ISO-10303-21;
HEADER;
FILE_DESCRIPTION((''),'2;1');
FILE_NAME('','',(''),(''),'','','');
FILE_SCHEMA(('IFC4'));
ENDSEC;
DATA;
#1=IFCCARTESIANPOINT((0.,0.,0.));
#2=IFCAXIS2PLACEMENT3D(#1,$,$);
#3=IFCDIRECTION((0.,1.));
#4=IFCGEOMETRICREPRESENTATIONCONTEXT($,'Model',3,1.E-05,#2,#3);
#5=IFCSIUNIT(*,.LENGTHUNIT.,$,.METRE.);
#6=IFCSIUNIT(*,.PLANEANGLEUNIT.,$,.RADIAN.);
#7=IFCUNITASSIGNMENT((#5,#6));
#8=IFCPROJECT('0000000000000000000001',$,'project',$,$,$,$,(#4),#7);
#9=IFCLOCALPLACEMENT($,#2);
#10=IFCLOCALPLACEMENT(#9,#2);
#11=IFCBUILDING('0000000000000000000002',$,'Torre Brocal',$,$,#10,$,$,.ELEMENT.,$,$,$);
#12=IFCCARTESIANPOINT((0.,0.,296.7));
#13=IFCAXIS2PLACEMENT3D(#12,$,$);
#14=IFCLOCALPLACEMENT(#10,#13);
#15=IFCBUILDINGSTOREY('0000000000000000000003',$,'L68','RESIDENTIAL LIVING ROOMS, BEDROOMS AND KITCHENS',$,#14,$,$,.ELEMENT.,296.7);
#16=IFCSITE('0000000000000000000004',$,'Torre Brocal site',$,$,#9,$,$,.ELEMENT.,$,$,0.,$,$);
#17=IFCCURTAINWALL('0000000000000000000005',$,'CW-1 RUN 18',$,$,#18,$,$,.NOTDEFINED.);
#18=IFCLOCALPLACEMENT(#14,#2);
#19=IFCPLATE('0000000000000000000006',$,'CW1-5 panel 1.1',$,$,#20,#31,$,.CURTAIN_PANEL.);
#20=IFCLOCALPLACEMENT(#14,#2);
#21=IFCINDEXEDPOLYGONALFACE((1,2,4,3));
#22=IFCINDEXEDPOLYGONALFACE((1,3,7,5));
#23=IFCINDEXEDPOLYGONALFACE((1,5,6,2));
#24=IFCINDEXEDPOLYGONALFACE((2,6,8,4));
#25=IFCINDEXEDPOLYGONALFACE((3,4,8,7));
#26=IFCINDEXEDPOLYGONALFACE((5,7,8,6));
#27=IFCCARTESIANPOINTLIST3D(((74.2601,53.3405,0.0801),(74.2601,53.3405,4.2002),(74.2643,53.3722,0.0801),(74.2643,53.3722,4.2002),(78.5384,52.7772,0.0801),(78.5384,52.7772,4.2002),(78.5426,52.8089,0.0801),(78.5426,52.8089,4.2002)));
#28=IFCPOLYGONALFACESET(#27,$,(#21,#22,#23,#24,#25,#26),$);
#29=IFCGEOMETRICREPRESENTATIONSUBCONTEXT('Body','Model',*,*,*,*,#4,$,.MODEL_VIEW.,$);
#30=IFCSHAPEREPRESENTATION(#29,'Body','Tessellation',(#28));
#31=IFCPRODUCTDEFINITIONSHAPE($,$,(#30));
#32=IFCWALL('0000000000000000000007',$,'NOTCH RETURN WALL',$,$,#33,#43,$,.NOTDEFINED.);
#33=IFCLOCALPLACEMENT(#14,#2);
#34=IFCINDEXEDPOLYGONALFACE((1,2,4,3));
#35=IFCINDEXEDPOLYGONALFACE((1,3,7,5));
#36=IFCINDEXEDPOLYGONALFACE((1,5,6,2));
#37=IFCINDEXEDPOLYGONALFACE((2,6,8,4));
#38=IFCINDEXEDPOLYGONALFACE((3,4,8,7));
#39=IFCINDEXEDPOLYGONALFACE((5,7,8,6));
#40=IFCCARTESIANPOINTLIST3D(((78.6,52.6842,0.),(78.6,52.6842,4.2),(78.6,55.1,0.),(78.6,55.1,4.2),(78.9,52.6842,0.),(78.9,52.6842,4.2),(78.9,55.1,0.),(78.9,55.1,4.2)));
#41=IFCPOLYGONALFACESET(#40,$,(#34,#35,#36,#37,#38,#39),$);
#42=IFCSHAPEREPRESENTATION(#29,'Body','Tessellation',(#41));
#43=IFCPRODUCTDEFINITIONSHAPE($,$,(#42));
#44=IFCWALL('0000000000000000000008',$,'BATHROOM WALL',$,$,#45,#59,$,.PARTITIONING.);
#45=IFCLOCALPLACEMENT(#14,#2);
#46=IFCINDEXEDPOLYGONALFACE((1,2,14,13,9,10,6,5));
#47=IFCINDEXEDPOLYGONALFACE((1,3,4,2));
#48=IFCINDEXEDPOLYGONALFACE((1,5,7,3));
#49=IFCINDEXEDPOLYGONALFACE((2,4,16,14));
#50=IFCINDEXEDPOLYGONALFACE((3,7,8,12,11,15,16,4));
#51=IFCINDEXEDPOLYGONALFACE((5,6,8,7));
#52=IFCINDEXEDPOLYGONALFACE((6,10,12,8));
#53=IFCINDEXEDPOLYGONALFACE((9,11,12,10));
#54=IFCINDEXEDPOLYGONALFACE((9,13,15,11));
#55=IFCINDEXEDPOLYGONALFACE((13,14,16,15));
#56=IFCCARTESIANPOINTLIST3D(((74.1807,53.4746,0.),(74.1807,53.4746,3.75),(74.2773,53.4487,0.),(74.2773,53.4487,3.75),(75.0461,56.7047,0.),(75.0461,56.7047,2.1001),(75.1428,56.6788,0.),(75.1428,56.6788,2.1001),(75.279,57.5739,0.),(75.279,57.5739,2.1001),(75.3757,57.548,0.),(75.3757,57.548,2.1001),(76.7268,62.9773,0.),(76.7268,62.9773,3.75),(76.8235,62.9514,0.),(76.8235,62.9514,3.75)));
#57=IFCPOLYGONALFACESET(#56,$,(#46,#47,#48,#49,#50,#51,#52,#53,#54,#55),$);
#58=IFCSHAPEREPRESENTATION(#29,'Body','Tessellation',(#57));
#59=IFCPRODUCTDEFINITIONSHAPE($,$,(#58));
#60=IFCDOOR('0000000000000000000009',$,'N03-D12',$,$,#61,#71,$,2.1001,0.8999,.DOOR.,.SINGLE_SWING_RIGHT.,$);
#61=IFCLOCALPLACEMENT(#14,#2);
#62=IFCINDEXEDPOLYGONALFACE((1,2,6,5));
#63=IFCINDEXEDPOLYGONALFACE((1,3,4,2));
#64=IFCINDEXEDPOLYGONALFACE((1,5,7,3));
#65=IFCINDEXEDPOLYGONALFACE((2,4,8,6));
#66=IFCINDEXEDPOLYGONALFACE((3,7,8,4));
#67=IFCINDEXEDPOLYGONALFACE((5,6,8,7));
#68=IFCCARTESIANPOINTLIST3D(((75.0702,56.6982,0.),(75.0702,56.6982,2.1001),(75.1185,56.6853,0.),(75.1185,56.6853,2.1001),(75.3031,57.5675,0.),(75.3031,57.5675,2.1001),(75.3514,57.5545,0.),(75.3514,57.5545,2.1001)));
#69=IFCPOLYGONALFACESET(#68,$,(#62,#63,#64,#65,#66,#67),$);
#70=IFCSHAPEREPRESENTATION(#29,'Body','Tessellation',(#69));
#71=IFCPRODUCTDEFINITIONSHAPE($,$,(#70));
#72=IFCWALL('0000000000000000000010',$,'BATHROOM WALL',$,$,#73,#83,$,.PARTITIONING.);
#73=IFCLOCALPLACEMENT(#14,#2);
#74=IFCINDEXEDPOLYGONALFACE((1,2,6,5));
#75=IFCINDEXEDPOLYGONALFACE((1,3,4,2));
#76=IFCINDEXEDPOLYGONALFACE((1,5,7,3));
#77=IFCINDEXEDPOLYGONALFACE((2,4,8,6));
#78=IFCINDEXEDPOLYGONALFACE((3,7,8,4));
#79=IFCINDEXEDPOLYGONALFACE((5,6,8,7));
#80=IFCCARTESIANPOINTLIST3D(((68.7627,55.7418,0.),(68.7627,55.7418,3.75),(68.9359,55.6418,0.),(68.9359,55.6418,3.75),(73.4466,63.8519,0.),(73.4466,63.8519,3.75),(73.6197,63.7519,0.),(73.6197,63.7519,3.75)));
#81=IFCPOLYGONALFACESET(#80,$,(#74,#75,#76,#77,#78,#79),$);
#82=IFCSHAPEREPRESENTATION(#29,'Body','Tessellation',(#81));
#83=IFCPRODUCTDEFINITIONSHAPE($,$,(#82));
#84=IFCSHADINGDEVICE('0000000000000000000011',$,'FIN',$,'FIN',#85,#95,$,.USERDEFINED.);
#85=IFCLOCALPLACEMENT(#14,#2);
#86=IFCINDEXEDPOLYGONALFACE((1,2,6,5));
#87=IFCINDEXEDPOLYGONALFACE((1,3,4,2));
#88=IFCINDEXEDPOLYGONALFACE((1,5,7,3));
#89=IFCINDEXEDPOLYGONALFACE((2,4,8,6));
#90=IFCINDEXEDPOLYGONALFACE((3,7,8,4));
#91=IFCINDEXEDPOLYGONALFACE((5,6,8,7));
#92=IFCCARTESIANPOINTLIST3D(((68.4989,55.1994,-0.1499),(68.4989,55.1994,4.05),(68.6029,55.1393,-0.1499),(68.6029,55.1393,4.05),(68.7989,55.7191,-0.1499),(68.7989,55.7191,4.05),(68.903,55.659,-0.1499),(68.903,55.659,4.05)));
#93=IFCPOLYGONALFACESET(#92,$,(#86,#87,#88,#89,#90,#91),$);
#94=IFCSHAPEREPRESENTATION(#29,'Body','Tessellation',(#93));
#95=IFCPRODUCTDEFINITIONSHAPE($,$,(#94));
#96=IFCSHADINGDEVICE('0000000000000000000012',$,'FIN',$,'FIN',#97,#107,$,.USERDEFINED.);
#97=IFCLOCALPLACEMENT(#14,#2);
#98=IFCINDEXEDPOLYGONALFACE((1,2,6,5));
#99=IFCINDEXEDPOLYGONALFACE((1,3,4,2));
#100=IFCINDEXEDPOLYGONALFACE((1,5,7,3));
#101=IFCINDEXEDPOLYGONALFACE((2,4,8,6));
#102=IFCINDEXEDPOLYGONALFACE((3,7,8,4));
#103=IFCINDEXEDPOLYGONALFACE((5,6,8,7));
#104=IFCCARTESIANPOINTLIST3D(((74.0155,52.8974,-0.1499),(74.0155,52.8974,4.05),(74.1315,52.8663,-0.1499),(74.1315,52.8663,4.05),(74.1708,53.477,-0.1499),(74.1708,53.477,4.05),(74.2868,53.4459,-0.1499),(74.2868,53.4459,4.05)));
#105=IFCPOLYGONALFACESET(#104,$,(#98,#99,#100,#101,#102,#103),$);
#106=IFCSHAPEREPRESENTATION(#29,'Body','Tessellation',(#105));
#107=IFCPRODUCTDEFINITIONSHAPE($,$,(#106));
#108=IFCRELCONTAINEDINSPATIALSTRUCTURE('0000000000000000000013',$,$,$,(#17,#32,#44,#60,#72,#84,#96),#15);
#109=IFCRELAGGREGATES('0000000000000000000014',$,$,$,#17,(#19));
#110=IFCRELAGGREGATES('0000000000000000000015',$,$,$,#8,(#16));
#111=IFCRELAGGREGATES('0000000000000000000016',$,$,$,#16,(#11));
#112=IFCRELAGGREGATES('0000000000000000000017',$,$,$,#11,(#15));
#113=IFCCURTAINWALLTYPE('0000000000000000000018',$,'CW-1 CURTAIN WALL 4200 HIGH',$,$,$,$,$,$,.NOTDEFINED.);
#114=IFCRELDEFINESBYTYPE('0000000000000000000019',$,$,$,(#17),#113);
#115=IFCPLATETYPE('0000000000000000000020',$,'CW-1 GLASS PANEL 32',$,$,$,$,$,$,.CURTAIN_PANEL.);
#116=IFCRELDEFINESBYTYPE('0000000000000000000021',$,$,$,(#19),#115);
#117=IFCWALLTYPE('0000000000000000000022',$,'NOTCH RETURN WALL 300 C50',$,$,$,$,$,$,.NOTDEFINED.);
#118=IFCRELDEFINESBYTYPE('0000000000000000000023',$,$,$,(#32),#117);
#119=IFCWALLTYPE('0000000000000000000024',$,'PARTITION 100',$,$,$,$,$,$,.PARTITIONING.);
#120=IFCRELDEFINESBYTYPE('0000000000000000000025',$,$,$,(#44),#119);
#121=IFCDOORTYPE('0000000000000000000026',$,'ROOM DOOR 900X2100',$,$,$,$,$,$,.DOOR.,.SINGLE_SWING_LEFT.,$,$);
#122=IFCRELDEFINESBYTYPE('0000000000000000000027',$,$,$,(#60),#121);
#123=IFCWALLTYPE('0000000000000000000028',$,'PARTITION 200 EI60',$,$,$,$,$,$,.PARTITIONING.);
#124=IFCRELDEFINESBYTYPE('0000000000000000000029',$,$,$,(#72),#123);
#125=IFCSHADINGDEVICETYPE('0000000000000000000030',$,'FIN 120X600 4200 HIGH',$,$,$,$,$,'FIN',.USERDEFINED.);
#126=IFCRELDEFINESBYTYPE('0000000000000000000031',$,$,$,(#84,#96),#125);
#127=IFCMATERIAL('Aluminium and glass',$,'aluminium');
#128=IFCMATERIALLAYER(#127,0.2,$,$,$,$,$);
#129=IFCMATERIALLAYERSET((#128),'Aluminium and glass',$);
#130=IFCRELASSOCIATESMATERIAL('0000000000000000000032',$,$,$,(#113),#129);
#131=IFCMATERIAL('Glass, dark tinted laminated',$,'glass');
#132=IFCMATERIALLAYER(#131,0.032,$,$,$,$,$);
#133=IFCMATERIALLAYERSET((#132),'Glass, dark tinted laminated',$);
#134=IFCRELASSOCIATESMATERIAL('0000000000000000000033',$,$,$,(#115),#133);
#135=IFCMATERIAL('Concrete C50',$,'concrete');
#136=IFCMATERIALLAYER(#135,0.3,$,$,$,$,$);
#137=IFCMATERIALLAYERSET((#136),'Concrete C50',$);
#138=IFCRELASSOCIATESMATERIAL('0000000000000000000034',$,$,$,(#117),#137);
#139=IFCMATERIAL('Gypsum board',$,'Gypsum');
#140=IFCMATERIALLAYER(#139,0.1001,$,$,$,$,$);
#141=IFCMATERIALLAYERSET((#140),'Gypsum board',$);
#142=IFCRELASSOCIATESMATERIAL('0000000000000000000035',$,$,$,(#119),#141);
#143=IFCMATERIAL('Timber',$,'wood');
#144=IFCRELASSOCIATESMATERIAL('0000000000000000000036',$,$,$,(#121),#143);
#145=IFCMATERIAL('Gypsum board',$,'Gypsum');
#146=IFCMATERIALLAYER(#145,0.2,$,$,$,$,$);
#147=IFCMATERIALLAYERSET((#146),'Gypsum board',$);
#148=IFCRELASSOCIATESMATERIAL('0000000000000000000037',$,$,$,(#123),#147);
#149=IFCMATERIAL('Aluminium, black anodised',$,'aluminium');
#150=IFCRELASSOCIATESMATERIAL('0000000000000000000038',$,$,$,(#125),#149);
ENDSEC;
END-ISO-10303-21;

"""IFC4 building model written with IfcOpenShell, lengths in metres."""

from ifc_helpers import new_model, si_unit, direction, frame, frame_2d, origin, origin_2d, place, context, subcontext, project, spatial, rectangle, extrude, material, layer, layer_set, material_profile, profile_set, type_object, element, fill, aggregate, save


model = new_model("IFC4")

# Units and contexts
model_context = context("Model", 3, precision=1e-05, world=origin(), true_north=direction((0.0, 1.0)))
body_context = subcontext(model_context, "Body", "Model", "MODEL_VIEW")
ifc_project = project(units=[si_unit("LENGTHUNIT", "METRE"), si_unit("PLANEANGLEUNIT", "RADIAN")], contexts=[model_context])

# Site, building, storey
site_placement = place(None, origin())
site = spatial("IfcSite", under=ifc_project, at=site_placement, Name="Torre Brocal site", CompositionType="ELEMENT", RefElevation=0.0)
building_placement = place(site_placement, origin())
building = spatial("IfcBuilding", under=site, at=building_placement, Name="Torre Brocal", CompositionType="ELEMENT")
storey_placement = place(building_placement, frame((0.0, 0.0, 296.7)))
storey = spatial("IfcBuildingStorey", under=building, at=storey_placement, Name="L68", Description="RESIDENTIAL LIVING ROOMS, BEDROOMS AND KITCHENS", CompositionType="ELEMENT", Elevation=296.7)

# Shared definitions
ifc_material_1 = material(Name="Aluminium and glass", Category="aluminium")
ifc_layer_1 = layer(ifc_material_1, 0.2)
ifc_layer_set_1 = layer_set([ifc_layer_1], Name="Aluminium and glass")
curtain_wall_type = type_object("IfcCurtainWallType", Name="CW-1 CURTAIN WALL 4200 HIGH", PredefinedType="NOTDEFINED", material=ifc_layer_set_1)

# Curtain wall
curtain_wall_1_placement = place(storey_placement, origin())
curtain_wall_1 = element("IfcCurtainWall", 1, at=curtain_wall_1_placement, inside=storey, type_object=curtain_wall_type, Name="CW-1 RUN 18", PredefinedType="NOTDEFINED")

# Plate
ifc_material_2 = material(Name="Glass, dark tinted laminated", Category="glass")
ifc_layer_2 = layer(ifc_material_2, 0.032)
ifc_layer_set_2 = layer_set([ifc_layer_2], Name="Glass, dark tinted laminated")
plate_type = type_object("IfcPlateType", Name="CW-1 GLASS PANEL 32", PredefinedType="CURTAIN_PANEL", material=ifc_layer_set_2)
plate_1_placement = place(storey_placement, frame((76.4014, 53.0747, 0.0801), z_axis=(0.0, 0.0, 1.0), x_axis=(0.991445, -0.130526, 0.0)))
plate_1 = element("IfcPlate", 2, at=plate_1_placement, type_object=plate_type, Name="CW1-5 panel 1.1", PredefinedType="CURTAIN_PANEL", context=body_context, shape_type="SweptSolid", body=[
    extrude(rectangle(XDim=4.3152, YDim=0.032, at=origin_2d()), origin(), (0.0, 0.0, 1.0), 4.1201),
])
aggregate(curtain_wall_1, [plate_1])

# Wall
ifc_material_3 = material(Name="Concrete C50", Category="concrete")
ifc_layer_3 = layer(ifc_material_3, 0.3)
ifc_layer_set_3 = layer_set([ifc_layer_3], Name="Concrete C50")
wall_type_1 = type_object("IfcWallType", Name="NOTCH RETURN WALL 300 C50", PredefinedType="NOTDEFINED", material=ifc_layer_set_3)
wall_1_placement = place(storey_placement, frame((78.75, 55.1001, 0.0), z_axis=(0.0, 0.0, 1.0), x_axis=(0.0, -1.0, 0.0)))
element("IfcWall", 3, at=wall_1_placement, inside=storey, type_object=wall_type_1, Name="NOTCH RETURN WALL", PredefinedType="NOTDEFINED", context=body_context, shape_type="SweptSolid", body=[
    extrude(rectangle(XDim=2.4158, YDim=0.3, at=frame_2d((1.208, 0.0))), origin(), (0.0, 0.0, 1.0), 4.2),
])

# Wall, opening, door
ifc_material_4 = material(Name="Gypsum board", Category="Gypsum")
ifc_layer_4 = layer(ifc_material_4, 0.1001)
ifc_layer_set_4 = layer_set([ifc_layer_4], Name="Gypsum board")
wall_type_2 = type_object("IfcWallType", Name="PARTITION 100", PredefinedType="PARTITIONING", material=ifc_layer_set_4)
wall_2_placement = place(storey_placement, frame((74.229, 53.4617, 0.0), z_axis=(0.0, 0.0, 1.0), x_axis=(0.25881, 0.965928, 0.0)))
wall_2 = element("IfcWall", 4, at=wall_2_placement, inside=storey, type_object=wall_type_2, Name="BATHROOM WALL", PredefinedType="PARTITIONING", context=body_context, shape_type="SweptSolid", body=[
    extrude(rectangle(XDim=9.8379, YDim=0.1001, at=frame_2d((4.9189, 0.0))), origin(), (0.0, 0.0, 1.0), 3.75),
])
opening_placement = place(wall_2_placement, frame((3.344, 0.0, 0.0)))
opening = element("IfcOpeningElement", 5, at=opening_placement, cuts=wall_2, PredefinedType="OPENING", context=body_context, shape_type="SweptSolid", body=[
    extrude(rectangle(XDim=0.8999, YDim=2.1001, at=frame_2d((0.45, 1.05))), frame((0.0, 0.0601, 0.0), z_axis=(0.0, -1.0, 0.0), x_axis=(1.0, 0.0, 0.0)), (0.0, 0.0, 1.0), 0.1201),
])
ifc_material_5 = material(Name="Timber", Category="wood")
door_type = type_object("IfcDoorType", Name="ROOM DOOR 900X2100", OperationType="SINGLE_SWING_LEFT", PredefinedType="DOOR", material=ifc_material_5)
door_placement = place(opening_placement, frame((0.8999, 0.0, 0.0), z_axis=(0.0, 0.0, 1.0), x_axis=(-1.0, 0.0, 0.0)))
door = element("IfcDoor", 6, at=door_placement, inside=storey, type_object=door_type, Name="N03-D12", OperationType="SINGLE_SWING_RIGHT", OverallHeight=2.1001, OverallWidth=0.8999, PredefinedType="DOOR", context=body_context, shape_type="SweptSolid", body=[
    extrude(rectangle(XDim=0.8999, YDim=2.1001, at=frame_2d((0.45, 1.05))), frame((0.0, 0.0249, 0.0), z_axis=(0.0, -1.0, 0.0), x_axis=(1.0, 0.0, 0.0)), (0.0, 0.0, 1.0), 0.05),
])
fill(opening, door)

# Wall
ifc_material_6 = material(Name="Gypsum board", Category="Gypsum")
ifc_layer_5 = layer(ifc_material_6, 0.2)
ifc_layer_set_5 = layer_set([ifc_layer_5], Name="Gypsum board")
wall_type_3 = type_object("IfcWallType", Name="PARTITION 200 EI60", PredefinedType="PARTITIONING", material=ifc_layer_set_5)
wall_3_placement = place(storey_placement, frame((68.8494, 55.6919, 0.0), z_axis=(0.0, 0.0, 1.0), x_axis=(0.500117, 0.865958, 0.0)))
element("IfcWall", 7, at=wall_3_placement, inside=storey, type_object=wall_type_3, Name="BATHROOM WALL", PredefinedType="PARTITIONING", context=body_context, shape_type="SweptSolid", body=[
    extrude(rectangle(XDim=9.3655, YDim=0.2, at=frame_2d((4.6826, 0.0))), origin(), (0.0, 0.0, 1.0), 3.75),
])

# Shading devices
ifc_material_7 = material(Name="Aluminium, black anodised", Category="aluminium")
ifc_material_profile_1 = material_profile(ifc_material_7, rectangle(XDim=0.1201, YDim=0.6001, at=origin_2d()), Name="FIN 120X600 4200 HIGH")
ifc_profile_set_1 = profile_set([ifc_material_profile_1], Name="Aluminium, black anodised")
shading_device_type = type_object("IfcShadingDeviceType", Name="FIN 120X600 4200 HIGH", ElementType="FIN", PredefinedType="USERDEFINED", material=ifc_profile_set_1)
for number, where, z_axis, x_axis, name in (
    (8, (68.7009, 55.4292, -0.1499), (0.0, 0.0, 1.0), (0.866025, -0.5, 0.0), "FIN"),
    (9, (74.1511, 53.1716, -0.1499), (0.0, 0.0, 1.0), (0.965926, -0.258819, 0.0), "FIN"),
):
    element("IfcShadingDevice", number, at=place(storey_placement, frame(where, z_axis=z_axis, x_axis=x_axis)), inside=storey, type_object=shading_device_type, Name=name, ObjectType="FIN", PredefinedType="USERDEFINED", context=body_context, shape_type="SweptSolid", body=[
        extrude(rectangle(XDim=0.1201, YDim=0.6001, at=origin_2d()), origin(), (0.0, 0.0, 1.0), 4.2),
    ])

save(model, "model.ifc")
